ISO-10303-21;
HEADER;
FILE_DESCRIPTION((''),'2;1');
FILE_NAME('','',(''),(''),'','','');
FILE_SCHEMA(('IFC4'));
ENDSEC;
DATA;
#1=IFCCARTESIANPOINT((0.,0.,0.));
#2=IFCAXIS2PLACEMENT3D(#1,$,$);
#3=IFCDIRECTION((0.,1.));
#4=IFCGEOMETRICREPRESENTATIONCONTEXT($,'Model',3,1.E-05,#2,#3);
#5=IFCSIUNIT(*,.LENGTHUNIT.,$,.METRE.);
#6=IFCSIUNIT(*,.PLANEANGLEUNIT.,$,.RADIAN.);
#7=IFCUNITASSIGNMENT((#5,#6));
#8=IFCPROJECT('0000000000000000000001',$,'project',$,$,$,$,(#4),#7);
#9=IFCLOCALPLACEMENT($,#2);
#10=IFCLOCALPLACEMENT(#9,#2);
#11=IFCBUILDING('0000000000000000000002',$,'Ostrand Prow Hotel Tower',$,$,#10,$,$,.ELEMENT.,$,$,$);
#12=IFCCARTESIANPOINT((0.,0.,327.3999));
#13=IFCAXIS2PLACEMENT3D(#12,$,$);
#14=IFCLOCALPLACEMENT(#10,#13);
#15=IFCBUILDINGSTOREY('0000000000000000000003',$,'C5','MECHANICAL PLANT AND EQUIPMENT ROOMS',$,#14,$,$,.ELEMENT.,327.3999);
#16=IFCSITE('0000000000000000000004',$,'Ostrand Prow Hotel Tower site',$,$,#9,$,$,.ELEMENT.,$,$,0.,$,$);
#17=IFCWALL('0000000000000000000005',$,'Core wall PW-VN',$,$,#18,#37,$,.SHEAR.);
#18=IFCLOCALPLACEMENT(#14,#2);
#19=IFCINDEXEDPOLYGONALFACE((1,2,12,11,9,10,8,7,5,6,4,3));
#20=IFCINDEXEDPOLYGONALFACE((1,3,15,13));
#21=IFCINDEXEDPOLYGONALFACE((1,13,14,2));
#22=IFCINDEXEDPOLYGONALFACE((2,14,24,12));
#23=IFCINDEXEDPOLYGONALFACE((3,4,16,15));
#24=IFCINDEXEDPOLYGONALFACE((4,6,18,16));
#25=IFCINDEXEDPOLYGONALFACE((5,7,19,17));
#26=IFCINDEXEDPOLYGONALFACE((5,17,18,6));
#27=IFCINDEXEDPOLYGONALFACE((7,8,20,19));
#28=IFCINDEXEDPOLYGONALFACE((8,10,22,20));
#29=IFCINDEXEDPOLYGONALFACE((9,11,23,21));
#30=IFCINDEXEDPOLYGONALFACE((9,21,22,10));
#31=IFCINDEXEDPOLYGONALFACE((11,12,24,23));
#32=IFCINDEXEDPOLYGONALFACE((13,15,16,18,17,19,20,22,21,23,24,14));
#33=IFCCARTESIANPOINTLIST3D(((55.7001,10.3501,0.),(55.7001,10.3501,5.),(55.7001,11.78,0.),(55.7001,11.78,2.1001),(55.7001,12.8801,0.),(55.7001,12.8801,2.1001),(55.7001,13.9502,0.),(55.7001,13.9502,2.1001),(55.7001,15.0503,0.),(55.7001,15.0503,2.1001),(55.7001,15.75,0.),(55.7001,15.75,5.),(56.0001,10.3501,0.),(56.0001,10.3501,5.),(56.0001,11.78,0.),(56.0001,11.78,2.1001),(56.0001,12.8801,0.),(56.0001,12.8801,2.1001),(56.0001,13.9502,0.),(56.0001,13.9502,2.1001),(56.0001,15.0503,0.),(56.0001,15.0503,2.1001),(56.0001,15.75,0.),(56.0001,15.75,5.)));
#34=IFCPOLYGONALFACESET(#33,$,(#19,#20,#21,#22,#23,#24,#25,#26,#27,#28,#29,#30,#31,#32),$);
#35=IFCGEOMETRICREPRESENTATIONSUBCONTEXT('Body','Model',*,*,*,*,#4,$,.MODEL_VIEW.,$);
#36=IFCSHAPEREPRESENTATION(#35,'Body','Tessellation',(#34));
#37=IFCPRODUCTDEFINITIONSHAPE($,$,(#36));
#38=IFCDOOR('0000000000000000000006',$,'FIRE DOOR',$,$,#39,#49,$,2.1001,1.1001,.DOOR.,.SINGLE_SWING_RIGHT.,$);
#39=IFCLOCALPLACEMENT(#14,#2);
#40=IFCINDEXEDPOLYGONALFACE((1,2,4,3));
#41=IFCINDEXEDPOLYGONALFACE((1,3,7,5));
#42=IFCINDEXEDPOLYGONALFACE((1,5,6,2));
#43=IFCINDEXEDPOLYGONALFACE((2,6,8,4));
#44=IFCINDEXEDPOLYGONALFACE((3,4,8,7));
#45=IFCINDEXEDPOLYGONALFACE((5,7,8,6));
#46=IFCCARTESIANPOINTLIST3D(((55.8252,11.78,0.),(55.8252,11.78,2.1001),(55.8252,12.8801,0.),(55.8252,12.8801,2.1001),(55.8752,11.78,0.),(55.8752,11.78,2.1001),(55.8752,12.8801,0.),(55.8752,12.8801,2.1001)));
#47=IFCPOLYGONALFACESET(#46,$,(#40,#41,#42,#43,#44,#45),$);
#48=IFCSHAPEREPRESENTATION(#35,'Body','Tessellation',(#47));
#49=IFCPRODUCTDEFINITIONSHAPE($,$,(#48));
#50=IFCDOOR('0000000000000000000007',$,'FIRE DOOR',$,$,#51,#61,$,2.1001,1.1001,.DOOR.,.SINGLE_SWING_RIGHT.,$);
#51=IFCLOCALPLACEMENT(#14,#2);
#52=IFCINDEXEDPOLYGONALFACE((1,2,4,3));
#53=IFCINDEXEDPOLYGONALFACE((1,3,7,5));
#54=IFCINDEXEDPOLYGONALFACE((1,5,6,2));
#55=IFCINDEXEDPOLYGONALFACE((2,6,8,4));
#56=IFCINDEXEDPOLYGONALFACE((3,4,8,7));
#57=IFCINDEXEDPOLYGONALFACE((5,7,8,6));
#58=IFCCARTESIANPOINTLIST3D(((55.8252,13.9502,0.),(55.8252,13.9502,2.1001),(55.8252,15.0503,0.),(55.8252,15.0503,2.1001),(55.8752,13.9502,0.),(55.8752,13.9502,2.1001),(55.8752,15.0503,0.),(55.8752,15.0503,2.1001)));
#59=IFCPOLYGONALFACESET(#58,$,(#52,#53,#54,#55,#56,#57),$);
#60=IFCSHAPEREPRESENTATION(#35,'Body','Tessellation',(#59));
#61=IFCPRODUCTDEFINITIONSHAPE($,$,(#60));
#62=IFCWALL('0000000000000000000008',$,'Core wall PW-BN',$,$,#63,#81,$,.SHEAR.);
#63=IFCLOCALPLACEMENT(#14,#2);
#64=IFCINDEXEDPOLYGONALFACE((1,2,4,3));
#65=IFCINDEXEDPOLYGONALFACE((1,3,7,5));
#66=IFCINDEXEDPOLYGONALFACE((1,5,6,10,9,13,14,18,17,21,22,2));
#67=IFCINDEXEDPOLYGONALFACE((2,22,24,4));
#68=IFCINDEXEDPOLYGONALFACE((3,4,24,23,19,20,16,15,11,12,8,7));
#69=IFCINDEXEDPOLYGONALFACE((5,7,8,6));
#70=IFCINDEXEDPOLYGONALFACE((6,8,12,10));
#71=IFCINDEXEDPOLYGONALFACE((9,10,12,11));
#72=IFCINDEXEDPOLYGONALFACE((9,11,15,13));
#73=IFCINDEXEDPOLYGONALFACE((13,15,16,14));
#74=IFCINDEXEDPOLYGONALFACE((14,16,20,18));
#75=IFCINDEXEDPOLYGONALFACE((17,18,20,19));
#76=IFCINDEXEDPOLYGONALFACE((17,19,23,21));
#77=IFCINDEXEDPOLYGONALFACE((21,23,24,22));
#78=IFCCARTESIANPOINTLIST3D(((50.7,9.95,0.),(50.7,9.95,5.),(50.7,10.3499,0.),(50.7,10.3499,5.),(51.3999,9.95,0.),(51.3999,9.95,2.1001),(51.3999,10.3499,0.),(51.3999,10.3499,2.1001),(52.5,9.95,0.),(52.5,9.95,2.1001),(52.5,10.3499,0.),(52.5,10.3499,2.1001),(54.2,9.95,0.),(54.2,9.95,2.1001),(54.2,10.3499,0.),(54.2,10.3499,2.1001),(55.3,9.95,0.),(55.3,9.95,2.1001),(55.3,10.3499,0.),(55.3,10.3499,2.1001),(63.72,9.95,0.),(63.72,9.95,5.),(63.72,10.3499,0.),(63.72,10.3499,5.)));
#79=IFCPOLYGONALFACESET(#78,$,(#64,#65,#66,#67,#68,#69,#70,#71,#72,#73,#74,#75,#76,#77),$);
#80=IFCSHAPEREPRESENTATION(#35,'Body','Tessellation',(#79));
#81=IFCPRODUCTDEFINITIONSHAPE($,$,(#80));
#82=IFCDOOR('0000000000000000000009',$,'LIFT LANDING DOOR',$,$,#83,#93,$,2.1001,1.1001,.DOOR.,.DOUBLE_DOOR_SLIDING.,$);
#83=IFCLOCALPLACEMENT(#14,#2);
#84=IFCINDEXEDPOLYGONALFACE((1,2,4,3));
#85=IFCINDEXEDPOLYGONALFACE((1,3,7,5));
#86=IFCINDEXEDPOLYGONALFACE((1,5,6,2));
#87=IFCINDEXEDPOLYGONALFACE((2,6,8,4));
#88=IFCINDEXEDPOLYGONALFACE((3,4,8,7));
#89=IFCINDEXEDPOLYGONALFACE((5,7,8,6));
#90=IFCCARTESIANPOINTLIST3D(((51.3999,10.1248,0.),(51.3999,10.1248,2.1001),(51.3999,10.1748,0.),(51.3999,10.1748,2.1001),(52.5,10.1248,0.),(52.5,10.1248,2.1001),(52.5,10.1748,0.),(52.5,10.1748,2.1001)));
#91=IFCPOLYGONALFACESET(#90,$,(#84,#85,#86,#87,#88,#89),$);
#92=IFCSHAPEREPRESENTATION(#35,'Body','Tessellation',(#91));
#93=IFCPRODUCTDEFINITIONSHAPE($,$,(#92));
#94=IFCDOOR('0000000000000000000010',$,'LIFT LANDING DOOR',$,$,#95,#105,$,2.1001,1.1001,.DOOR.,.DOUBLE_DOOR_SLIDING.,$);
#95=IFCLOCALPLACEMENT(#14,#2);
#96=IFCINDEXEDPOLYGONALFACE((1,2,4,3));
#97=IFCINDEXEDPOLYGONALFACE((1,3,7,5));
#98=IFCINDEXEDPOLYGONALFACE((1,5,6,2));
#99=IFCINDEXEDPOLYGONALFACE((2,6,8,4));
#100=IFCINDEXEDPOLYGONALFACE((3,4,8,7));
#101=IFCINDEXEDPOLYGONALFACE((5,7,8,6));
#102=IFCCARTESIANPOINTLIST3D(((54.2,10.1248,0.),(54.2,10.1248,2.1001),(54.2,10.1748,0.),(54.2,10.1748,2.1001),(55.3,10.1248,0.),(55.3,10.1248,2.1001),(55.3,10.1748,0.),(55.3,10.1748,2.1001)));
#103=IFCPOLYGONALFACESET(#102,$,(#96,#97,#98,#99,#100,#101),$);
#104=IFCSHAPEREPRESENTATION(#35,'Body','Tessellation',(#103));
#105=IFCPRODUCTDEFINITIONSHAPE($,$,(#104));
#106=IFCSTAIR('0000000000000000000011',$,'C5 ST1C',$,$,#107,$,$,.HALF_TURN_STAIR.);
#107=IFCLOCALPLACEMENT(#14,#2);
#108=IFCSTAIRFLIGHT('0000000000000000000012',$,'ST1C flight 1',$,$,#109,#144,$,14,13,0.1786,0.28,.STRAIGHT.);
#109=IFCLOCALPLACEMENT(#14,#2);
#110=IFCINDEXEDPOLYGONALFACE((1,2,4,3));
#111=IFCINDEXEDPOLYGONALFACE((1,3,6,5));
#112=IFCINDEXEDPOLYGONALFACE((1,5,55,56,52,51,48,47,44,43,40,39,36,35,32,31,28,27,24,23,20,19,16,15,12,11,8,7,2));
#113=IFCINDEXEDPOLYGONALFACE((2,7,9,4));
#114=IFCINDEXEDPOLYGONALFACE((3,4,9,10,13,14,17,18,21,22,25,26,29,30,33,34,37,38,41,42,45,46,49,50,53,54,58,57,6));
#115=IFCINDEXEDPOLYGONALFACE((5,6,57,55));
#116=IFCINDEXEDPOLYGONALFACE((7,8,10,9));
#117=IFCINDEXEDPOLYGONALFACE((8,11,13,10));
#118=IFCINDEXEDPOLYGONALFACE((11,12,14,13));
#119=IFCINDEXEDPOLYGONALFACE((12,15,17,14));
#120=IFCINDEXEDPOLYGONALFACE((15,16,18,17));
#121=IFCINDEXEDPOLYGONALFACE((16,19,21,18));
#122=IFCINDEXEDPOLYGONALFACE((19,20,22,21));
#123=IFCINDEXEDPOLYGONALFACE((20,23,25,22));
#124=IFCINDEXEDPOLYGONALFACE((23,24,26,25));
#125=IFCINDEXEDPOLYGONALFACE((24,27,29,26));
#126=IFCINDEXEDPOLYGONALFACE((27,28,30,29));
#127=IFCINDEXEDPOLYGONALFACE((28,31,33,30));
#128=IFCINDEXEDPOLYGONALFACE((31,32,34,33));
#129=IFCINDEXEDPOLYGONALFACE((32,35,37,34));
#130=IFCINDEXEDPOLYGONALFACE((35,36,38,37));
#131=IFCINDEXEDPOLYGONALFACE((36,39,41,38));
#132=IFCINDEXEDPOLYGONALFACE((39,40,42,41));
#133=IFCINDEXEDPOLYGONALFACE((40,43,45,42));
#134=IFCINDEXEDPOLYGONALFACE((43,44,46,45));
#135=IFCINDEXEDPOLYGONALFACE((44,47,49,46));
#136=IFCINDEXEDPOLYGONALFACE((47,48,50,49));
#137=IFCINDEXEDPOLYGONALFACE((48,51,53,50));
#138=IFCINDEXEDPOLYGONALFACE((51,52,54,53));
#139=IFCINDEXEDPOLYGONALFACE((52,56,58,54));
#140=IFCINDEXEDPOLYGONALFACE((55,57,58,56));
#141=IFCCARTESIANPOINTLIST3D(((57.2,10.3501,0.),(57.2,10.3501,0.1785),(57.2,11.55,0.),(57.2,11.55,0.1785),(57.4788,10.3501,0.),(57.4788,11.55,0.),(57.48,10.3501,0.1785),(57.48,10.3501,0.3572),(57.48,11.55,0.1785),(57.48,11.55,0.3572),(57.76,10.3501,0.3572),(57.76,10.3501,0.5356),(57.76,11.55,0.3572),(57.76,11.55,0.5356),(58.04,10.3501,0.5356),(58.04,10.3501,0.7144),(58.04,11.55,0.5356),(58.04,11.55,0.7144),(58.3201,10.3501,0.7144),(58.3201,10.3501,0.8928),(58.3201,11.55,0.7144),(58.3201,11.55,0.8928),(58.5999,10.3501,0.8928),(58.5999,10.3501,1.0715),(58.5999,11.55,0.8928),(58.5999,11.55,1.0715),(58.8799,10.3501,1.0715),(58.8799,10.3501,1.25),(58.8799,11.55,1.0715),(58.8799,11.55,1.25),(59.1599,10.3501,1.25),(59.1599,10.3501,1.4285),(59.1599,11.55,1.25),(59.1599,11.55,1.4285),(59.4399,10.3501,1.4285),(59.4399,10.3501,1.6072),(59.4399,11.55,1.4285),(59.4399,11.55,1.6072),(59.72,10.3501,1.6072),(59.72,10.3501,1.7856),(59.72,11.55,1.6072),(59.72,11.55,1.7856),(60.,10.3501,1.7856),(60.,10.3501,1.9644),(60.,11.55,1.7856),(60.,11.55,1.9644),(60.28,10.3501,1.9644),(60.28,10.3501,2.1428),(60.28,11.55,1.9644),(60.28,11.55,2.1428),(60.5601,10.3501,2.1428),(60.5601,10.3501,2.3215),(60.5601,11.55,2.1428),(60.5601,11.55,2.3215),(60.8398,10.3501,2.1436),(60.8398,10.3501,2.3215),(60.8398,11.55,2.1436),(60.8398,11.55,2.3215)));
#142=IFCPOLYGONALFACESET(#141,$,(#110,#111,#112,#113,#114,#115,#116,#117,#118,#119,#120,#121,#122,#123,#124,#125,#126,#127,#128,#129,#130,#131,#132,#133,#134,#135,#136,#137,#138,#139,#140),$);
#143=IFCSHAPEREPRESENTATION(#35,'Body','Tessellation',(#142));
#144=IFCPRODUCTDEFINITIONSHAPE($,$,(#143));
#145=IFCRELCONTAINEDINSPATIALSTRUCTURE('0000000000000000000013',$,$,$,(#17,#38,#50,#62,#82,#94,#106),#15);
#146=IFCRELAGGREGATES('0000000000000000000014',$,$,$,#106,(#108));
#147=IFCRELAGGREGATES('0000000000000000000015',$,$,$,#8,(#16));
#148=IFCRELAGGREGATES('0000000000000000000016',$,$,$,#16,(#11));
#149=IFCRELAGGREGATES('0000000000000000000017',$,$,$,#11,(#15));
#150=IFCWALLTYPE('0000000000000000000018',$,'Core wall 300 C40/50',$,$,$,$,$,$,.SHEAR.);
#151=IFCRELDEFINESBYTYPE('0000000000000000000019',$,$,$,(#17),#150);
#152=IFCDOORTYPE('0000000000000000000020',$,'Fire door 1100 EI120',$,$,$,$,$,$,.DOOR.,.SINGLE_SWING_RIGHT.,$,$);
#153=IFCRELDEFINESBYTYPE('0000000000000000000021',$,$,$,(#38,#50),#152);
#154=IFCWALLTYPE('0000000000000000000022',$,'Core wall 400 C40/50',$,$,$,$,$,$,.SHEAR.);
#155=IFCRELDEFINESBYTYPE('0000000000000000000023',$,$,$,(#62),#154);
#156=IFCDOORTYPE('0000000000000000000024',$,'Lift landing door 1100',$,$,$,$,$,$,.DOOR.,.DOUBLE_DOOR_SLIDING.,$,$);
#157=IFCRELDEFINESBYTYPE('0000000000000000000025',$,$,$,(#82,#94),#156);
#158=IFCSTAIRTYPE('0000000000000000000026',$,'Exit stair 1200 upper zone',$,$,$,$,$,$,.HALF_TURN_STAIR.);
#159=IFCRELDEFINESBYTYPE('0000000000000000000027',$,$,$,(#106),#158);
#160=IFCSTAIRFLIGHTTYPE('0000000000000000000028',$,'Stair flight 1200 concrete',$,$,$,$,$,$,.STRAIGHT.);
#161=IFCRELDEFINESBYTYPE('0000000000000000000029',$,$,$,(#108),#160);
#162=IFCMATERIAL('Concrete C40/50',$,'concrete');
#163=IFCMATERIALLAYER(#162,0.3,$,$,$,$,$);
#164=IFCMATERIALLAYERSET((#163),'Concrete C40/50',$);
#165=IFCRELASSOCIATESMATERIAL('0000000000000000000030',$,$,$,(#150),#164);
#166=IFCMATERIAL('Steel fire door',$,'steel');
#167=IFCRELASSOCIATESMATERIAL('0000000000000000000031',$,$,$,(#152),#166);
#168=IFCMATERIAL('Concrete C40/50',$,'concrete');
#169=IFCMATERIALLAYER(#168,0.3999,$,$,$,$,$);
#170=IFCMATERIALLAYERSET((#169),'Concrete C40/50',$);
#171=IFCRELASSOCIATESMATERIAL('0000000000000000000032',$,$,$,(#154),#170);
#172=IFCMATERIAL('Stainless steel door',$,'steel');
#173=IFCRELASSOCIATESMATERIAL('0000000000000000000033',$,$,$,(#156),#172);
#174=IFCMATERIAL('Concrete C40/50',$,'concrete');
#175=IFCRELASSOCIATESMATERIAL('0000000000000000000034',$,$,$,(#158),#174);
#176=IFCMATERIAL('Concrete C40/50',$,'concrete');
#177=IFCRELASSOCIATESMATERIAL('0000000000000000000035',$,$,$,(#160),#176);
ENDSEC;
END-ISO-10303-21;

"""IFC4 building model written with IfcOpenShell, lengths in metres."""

from ifc_helpers import new_model, si_unit, direction, frame, frame_2d, origin, place, context, subcontext, project, spatial, polyline, rectangle, outline, extrude, material, layer, layer_set, type_object, element, fill, aggregate, save


model = new_model("IFC4")

# Units and contexts
model_context = context("Model", 3, precision=1e-05, world=origin(), true_north=direction((0.0, 1.0)))
body_context = subcontext(model_context, "Body", "Model", "MODEL_VIEW")
ifc_project = project(units=[si_unit("LENGTHUNIT", "METRE"), si_unit("PLANEANGLEUNIT", "RADIAN")], contexts=[model_context])

# Site, building, storey
site_placement = place(None, origin())
site = spatial("IfcSite", under=ifc_project, at=site_placement, Name="Ostrand Prow Hotel Tower site", CompositionType="ELEMENT", RefElevation=0.0)
building_placement = place(site_placement, origin())
building = spatial("IfcBuilding", under=site, at=building_placement, Name="Ostrand Prow Hotel Tower", CompositionType="ELEMENT")
storey_placement = place(building_placement, frame((0.0, 0.0, 327.3999)))
storey = spatial("IfcBuildingStorey", under=building, at=storey_placement, Name="C5", Description="MECHANICAL PLANT AND EQUIPMENT ROOMS", CompositionType="ELEMENT", Elevation=327.3999)

# Shared definitions
ifc_material_1 = material(Name="Concrete C40/50", Category="concrete")
ifc_layer_1 = layer(ifc_material_1, 0.3)
ifc_layer_set_1 = layer_set([ifc_layer_1], Name="Concrete C40/50")
wall_type_1 = type_object("IfcWallType", Name="Core wall 300 C40/50", PredefinedType="SHEAR", material=ifc_layer_set_1)

# Walls, openings, doors
wall_1_placement = place(storey_placement, frame((55.8501, 10.3501, 0.0), z_axis=(0.0, 0.0, 1.0), x_axis=(0.0, 1.0, 0.0)))
wall_1 = element("IfcWall", 1, at=wall_1_placement, inside=storey, type_object=wall_type_1, Name="Core wall PW-VN", PredefinedType="SHEAR", context=body_context, shape_type="SweptSolid", body=[
    extrude(rectangle(XDim=5.3999, YDim=0.3, at=frame_2d((2.7, 0.0))), origin(), (0.0, 0.0, 1.0), 5.0),
])
opening_1_placement = place(wall_1_placement, frame((1.4299, 0.0, 0.0)))
opening_1 = element("IfcOpeningElement", 2, at=opening_1_placement, cuts=wall_1, PredefinedType="OPENING", context=body_context, shape_type="SweptSolid", body=[
    extrude(rectangle(XDim=1.1001, YDim=2.1001, at=frame_2d((0.55, 1.05))), frame((0.0, 0.1599, 0.0), z_axis=(0.0, -1.0, 0.0), x_axis=(1.0, 0.0, 0.0)), (0.0, 0.0, 1.0), 0.3201),
])
opening_2_placement = place(wall_1_placement, frame((3.6001, 0.0, 0.0)))
opening_2 = element("IfcOpeningElement", 3, at=opening_2_placement, cuts=wall_1, PredefinedType="OPENING", context=body_context, shape_type="SweptSolid", body=[
    extrude(rectangle(XDim=1.1001, YDim=2.1001, at=frame_2d((0.55, 1.05))), frame((0.0, 0.1599, 0.0), z_axis=(0.0, -1.0, 0.0), x_axis=(1.0, 0.0, 0.0)), (0.0, 0.0, 1.0), 0.3201),
])
ifc_material_2 = material(Name="Steel fire door", Category="steel")
door_type_1 = type_object("IfcDoorType", Name="Fire door 1100 EI120", OperationType="SINGLE_SWING_RIGHT", PredefinedType="DOOR", material=ifc_material_2)
door_1_placement = place(opening_1_placement, origin())
door_1 = element("IfcDoor", 4, at=door_1_placement, inside=storey, type_object=door_type_1, Name="FIRE DOOR", OperationType="SINGLE_SWING_RIGHT", OverallHeight=2.1001, OverallWidth=1.1001, PredefinedType="DOOR", context=body_context, shape_type="SweptSolid", body=[
    extrude(rectangle(XDim=1.1001, YDim=2.1001, at=frame_2d((0.55, 1.05))), frame((0.0, 0.0249, 0.0), z_axis=(0.0, -1.0, 0.0), x_axis=(1.0, 0.0, 0.0)), (0.0, 0.0, 1.0), 0.05),
])
fill(opening_1, door_1)
door_2_placement = place(opening_2_placement, origin())
door_2 = element("IfcDoor", 5, at=door_2_placement, inside=storey, type_object=door_type_1, Name="FIRE DOOR", OperationType="SINGLE_SWING_RIGHT", OverallHeight=2.1001, OverallWidth=1.1001, PredefinedType="DOOR", context=body_context, shape_type="SweptSolid", body=[
    extrude(rectangle(XDim=1.1001, YDim=2.1001, at=frame_2d((0.55, 1.05))), frame((0.0, 0.0249, 0.0), z_axis=(0.0, -1.0, 0.0), x_axis=(1.0, 0.0, 0.0)), (0.0, 0.0, 1.0), 0.05),
])
fill(opening_2, door_2)
ifc_material_3 = material(Name="Concrete C40/50", Category="concrete")
ifc_layer_2 = layer(ifc_material_3, 0.3999)
ifc_layer_set_2 = layer_set([ifc_layer_2], Name="Concrete C40/50")
wall_type_2 = type_object("IfcWallType", Name="Core wall 400 C40/50", PredefinedType="SHEAR", material=ifc_layer_set_2)
wall_2_placement = place(storey_placement, frame((50.7, 10.1499, 0.0), z_axis=(0.0, 0.0, 1.0), x_axis=(1.0, 0.0, 0.0)))
wall_2 = element("IfcWall", 6, at=wall_2_placement, inside=storey, type_object=wall_type_2, Name="Core wall PW-BN", PredefinedType="SHEAR", context=body_context, shape_type="SweptSolid", body=[
    extrude(rectangle(XDim=13.02, YDim=0.3999, at=frame_2d((6.51, 0.0))), origin(), (0.0, 0.0, 1.0), 5.0),
])
opening_3_placement = place(wall_2_placement, frame((0.7, 0.0, 0.0)))
opening_3 = element("IfcOpeningElement", 7, at=opening_3_placement, cuts=wall_2, PredefinedType="OPENING", context=body_context, shape_type="SweptSolid", body=[
    extrude(rectangle(XDim=1.1001, YDim=2.1001, at=frame_2d((0.55, 1.05))), frame((0.0, 0.21, 0.0), z_axis=(0.0, -1.0, 0.0), x_axis=(1.0, 0.0, 0.0)), (0.0, 0.0, 1.0), 0.4199),
])
opening_4_placement = place(wall_2_placement, frame((3.5, 0.0, 0.0)))
opening_4 = element("IfcOpeningElement", 8, at=opening_4_placement, cuts=wall_2, PredefinedType="OPENING", context=body_context, shape_type="SweptSolid", body=[
    extrude(rectangle(XDim=1.1001, YDim=2.1001, at=frame_2d((0.55, 1.05))), frame((0.0, 0.21, 0.0), z_axis=(0.0, -1.0, 0.0), x_axis=(1.0, 0.0, 0.0)), (0.0, 0.0, 1.0), 0.4199),
])
ifc_material_4 = material(Name="Stainless steel door", Category="steel")
door_type_2 = type_object("IfcDoorType", Name="Lift landing door 1100", OperationType="DOUBLE_DOOR_SLIDING", PredefinedType="DOOR", material=ifc_material_4)
door_3_placement = place(opening_3_placement, origin())
door_3 = element("IfcDoor", 9, at=door_3_placement, inside=storey, type_object=door_type_2, Name="LIFT LANDING DOOR", OperationType="DOUBLE_DOOR_SLIDING", OverallHeight=2.1001, OverallWidth=1.1001, PredefinedType="DOOR", context=body_context, shape_type="SweptSolid", body=[
    extrude(rectangle(XDim=1.1001, YDim=2.1001, at=frame_2d((0.55, 1.05))), frame((0.0, 0.0249, 0.0), z_axis=(0.0, -1.0, 0.0), x_axis=(1.0, 0.0, 0.0)), (0.0, 0.0, 1.0), 0.05),
])
fill(opening_3, door_3)
door_4_placement = place(opening_4_placement, origin())
door_4 = element("IfcDoor", 10, at=door_4_placement, inside=storey, type_object=door_type_2, Name="LIFT LANDING DOOR", OperationType="DOUBLE_DOOR_SLIDING", OverallHeight=2.1001, OverallWidth=1.1001, PredefinedType="DOOR", context=body_context, shape_type="SweptSolid", body=[
    extrude(rectangle(XDim=1.1001, YDim=2.1001, at=frame_2d((0.55, 1.05))), frame((0.0, 0.0249, 0.0), z_axis=(0.0, -1.0, 0.0), x_axis=(1.0, 0.0, 0.0)), (0.0, 0.0, 1.0), 0.05),
])
fill(opening_4, door_4)

# Stair, stair flight
ifc_material_5 = material(Name="Concrete C40/50", Category="concrete")
stair_type = type_object("IfcStairType", Name="Exit stair 1200 upper zone", PredefinedType="HALF_TURN_STAIR", material=ifc_material_5)
stair_placement = place(storey_placement, origin())
stair = element("IfcStair", 11, at=stair_placement, inside=storey, type_object=stair_type, Name="C5 ST1C", PredefinedType="HALF_TURN_STAIR")
ifc_material_6 = material(Name="Concrete C40/50", Category="concrete")
stair_flight_type = type_object("IfcStairFlightType", Name="Stair flight 1200 concrete", PredefinedType="STRAIGHT", material=ifc_material_6)
stair_flight_placement = place(storey_placement, frame((57.2, 10.95, 0.0), z_axis=(0.0, 0.0, 1.0), x_axis=(1.0, 0.0, 0.0)))
stair_flight = element("IfcStairFlight", 12, at=stair_flight_placement, type_object=stair_flight_type, Name="ST1C flight 1", NumberOfRisers=14, NumberOfTreads=13, PredefinedType="STRAIGHT", RiserHeight=0.1786, TreadLength=0.28, context=body_context, shape_type="SweptSolid", body=[
    extrude(outline(polyline([(0.0, 0.0), (0.0, 0.1785), (0.28, 0.1785), (0.28, 0.3572), (0.5601, 0.3572), (0.5601, 0.5356), (0.8401, 0.5356), (0.8401, 0.7144), (1.1201, 0.7144), (1.1201, 0.8928), (1.3999, 0.8928), (1.3999, 1.0715), (1.6799, 1.0715), (1.6799, 1.25), (1.96, 1.25), (1.96, 1.4285), (2.24, 1.4285), (2.24, 1.6072), (2.52, 1.6072), (2.52, 1.7856), (2.8, 1.7856), (2.8, 1.9644), (3.0801, 1.9644), (3.0801, 2.1428), (3.3601, 2.1428), (3.3601, 2.3215), (3.6399, 2.3215), (3.6399, 2.5), (3.6399, 2.1436), (0.2788, 0.0), (0.0, 0.0)])), frame((0.0, 0.6001, 0.0), z_axis=(0.0, -1.0, 0.0), x_axis=(1.0, 0.0, 0.0)), (0.0, 0.0, 1.0), 1.2),
])
aggregate(stair, [stair_flight])

save(model, "model.ifc")
